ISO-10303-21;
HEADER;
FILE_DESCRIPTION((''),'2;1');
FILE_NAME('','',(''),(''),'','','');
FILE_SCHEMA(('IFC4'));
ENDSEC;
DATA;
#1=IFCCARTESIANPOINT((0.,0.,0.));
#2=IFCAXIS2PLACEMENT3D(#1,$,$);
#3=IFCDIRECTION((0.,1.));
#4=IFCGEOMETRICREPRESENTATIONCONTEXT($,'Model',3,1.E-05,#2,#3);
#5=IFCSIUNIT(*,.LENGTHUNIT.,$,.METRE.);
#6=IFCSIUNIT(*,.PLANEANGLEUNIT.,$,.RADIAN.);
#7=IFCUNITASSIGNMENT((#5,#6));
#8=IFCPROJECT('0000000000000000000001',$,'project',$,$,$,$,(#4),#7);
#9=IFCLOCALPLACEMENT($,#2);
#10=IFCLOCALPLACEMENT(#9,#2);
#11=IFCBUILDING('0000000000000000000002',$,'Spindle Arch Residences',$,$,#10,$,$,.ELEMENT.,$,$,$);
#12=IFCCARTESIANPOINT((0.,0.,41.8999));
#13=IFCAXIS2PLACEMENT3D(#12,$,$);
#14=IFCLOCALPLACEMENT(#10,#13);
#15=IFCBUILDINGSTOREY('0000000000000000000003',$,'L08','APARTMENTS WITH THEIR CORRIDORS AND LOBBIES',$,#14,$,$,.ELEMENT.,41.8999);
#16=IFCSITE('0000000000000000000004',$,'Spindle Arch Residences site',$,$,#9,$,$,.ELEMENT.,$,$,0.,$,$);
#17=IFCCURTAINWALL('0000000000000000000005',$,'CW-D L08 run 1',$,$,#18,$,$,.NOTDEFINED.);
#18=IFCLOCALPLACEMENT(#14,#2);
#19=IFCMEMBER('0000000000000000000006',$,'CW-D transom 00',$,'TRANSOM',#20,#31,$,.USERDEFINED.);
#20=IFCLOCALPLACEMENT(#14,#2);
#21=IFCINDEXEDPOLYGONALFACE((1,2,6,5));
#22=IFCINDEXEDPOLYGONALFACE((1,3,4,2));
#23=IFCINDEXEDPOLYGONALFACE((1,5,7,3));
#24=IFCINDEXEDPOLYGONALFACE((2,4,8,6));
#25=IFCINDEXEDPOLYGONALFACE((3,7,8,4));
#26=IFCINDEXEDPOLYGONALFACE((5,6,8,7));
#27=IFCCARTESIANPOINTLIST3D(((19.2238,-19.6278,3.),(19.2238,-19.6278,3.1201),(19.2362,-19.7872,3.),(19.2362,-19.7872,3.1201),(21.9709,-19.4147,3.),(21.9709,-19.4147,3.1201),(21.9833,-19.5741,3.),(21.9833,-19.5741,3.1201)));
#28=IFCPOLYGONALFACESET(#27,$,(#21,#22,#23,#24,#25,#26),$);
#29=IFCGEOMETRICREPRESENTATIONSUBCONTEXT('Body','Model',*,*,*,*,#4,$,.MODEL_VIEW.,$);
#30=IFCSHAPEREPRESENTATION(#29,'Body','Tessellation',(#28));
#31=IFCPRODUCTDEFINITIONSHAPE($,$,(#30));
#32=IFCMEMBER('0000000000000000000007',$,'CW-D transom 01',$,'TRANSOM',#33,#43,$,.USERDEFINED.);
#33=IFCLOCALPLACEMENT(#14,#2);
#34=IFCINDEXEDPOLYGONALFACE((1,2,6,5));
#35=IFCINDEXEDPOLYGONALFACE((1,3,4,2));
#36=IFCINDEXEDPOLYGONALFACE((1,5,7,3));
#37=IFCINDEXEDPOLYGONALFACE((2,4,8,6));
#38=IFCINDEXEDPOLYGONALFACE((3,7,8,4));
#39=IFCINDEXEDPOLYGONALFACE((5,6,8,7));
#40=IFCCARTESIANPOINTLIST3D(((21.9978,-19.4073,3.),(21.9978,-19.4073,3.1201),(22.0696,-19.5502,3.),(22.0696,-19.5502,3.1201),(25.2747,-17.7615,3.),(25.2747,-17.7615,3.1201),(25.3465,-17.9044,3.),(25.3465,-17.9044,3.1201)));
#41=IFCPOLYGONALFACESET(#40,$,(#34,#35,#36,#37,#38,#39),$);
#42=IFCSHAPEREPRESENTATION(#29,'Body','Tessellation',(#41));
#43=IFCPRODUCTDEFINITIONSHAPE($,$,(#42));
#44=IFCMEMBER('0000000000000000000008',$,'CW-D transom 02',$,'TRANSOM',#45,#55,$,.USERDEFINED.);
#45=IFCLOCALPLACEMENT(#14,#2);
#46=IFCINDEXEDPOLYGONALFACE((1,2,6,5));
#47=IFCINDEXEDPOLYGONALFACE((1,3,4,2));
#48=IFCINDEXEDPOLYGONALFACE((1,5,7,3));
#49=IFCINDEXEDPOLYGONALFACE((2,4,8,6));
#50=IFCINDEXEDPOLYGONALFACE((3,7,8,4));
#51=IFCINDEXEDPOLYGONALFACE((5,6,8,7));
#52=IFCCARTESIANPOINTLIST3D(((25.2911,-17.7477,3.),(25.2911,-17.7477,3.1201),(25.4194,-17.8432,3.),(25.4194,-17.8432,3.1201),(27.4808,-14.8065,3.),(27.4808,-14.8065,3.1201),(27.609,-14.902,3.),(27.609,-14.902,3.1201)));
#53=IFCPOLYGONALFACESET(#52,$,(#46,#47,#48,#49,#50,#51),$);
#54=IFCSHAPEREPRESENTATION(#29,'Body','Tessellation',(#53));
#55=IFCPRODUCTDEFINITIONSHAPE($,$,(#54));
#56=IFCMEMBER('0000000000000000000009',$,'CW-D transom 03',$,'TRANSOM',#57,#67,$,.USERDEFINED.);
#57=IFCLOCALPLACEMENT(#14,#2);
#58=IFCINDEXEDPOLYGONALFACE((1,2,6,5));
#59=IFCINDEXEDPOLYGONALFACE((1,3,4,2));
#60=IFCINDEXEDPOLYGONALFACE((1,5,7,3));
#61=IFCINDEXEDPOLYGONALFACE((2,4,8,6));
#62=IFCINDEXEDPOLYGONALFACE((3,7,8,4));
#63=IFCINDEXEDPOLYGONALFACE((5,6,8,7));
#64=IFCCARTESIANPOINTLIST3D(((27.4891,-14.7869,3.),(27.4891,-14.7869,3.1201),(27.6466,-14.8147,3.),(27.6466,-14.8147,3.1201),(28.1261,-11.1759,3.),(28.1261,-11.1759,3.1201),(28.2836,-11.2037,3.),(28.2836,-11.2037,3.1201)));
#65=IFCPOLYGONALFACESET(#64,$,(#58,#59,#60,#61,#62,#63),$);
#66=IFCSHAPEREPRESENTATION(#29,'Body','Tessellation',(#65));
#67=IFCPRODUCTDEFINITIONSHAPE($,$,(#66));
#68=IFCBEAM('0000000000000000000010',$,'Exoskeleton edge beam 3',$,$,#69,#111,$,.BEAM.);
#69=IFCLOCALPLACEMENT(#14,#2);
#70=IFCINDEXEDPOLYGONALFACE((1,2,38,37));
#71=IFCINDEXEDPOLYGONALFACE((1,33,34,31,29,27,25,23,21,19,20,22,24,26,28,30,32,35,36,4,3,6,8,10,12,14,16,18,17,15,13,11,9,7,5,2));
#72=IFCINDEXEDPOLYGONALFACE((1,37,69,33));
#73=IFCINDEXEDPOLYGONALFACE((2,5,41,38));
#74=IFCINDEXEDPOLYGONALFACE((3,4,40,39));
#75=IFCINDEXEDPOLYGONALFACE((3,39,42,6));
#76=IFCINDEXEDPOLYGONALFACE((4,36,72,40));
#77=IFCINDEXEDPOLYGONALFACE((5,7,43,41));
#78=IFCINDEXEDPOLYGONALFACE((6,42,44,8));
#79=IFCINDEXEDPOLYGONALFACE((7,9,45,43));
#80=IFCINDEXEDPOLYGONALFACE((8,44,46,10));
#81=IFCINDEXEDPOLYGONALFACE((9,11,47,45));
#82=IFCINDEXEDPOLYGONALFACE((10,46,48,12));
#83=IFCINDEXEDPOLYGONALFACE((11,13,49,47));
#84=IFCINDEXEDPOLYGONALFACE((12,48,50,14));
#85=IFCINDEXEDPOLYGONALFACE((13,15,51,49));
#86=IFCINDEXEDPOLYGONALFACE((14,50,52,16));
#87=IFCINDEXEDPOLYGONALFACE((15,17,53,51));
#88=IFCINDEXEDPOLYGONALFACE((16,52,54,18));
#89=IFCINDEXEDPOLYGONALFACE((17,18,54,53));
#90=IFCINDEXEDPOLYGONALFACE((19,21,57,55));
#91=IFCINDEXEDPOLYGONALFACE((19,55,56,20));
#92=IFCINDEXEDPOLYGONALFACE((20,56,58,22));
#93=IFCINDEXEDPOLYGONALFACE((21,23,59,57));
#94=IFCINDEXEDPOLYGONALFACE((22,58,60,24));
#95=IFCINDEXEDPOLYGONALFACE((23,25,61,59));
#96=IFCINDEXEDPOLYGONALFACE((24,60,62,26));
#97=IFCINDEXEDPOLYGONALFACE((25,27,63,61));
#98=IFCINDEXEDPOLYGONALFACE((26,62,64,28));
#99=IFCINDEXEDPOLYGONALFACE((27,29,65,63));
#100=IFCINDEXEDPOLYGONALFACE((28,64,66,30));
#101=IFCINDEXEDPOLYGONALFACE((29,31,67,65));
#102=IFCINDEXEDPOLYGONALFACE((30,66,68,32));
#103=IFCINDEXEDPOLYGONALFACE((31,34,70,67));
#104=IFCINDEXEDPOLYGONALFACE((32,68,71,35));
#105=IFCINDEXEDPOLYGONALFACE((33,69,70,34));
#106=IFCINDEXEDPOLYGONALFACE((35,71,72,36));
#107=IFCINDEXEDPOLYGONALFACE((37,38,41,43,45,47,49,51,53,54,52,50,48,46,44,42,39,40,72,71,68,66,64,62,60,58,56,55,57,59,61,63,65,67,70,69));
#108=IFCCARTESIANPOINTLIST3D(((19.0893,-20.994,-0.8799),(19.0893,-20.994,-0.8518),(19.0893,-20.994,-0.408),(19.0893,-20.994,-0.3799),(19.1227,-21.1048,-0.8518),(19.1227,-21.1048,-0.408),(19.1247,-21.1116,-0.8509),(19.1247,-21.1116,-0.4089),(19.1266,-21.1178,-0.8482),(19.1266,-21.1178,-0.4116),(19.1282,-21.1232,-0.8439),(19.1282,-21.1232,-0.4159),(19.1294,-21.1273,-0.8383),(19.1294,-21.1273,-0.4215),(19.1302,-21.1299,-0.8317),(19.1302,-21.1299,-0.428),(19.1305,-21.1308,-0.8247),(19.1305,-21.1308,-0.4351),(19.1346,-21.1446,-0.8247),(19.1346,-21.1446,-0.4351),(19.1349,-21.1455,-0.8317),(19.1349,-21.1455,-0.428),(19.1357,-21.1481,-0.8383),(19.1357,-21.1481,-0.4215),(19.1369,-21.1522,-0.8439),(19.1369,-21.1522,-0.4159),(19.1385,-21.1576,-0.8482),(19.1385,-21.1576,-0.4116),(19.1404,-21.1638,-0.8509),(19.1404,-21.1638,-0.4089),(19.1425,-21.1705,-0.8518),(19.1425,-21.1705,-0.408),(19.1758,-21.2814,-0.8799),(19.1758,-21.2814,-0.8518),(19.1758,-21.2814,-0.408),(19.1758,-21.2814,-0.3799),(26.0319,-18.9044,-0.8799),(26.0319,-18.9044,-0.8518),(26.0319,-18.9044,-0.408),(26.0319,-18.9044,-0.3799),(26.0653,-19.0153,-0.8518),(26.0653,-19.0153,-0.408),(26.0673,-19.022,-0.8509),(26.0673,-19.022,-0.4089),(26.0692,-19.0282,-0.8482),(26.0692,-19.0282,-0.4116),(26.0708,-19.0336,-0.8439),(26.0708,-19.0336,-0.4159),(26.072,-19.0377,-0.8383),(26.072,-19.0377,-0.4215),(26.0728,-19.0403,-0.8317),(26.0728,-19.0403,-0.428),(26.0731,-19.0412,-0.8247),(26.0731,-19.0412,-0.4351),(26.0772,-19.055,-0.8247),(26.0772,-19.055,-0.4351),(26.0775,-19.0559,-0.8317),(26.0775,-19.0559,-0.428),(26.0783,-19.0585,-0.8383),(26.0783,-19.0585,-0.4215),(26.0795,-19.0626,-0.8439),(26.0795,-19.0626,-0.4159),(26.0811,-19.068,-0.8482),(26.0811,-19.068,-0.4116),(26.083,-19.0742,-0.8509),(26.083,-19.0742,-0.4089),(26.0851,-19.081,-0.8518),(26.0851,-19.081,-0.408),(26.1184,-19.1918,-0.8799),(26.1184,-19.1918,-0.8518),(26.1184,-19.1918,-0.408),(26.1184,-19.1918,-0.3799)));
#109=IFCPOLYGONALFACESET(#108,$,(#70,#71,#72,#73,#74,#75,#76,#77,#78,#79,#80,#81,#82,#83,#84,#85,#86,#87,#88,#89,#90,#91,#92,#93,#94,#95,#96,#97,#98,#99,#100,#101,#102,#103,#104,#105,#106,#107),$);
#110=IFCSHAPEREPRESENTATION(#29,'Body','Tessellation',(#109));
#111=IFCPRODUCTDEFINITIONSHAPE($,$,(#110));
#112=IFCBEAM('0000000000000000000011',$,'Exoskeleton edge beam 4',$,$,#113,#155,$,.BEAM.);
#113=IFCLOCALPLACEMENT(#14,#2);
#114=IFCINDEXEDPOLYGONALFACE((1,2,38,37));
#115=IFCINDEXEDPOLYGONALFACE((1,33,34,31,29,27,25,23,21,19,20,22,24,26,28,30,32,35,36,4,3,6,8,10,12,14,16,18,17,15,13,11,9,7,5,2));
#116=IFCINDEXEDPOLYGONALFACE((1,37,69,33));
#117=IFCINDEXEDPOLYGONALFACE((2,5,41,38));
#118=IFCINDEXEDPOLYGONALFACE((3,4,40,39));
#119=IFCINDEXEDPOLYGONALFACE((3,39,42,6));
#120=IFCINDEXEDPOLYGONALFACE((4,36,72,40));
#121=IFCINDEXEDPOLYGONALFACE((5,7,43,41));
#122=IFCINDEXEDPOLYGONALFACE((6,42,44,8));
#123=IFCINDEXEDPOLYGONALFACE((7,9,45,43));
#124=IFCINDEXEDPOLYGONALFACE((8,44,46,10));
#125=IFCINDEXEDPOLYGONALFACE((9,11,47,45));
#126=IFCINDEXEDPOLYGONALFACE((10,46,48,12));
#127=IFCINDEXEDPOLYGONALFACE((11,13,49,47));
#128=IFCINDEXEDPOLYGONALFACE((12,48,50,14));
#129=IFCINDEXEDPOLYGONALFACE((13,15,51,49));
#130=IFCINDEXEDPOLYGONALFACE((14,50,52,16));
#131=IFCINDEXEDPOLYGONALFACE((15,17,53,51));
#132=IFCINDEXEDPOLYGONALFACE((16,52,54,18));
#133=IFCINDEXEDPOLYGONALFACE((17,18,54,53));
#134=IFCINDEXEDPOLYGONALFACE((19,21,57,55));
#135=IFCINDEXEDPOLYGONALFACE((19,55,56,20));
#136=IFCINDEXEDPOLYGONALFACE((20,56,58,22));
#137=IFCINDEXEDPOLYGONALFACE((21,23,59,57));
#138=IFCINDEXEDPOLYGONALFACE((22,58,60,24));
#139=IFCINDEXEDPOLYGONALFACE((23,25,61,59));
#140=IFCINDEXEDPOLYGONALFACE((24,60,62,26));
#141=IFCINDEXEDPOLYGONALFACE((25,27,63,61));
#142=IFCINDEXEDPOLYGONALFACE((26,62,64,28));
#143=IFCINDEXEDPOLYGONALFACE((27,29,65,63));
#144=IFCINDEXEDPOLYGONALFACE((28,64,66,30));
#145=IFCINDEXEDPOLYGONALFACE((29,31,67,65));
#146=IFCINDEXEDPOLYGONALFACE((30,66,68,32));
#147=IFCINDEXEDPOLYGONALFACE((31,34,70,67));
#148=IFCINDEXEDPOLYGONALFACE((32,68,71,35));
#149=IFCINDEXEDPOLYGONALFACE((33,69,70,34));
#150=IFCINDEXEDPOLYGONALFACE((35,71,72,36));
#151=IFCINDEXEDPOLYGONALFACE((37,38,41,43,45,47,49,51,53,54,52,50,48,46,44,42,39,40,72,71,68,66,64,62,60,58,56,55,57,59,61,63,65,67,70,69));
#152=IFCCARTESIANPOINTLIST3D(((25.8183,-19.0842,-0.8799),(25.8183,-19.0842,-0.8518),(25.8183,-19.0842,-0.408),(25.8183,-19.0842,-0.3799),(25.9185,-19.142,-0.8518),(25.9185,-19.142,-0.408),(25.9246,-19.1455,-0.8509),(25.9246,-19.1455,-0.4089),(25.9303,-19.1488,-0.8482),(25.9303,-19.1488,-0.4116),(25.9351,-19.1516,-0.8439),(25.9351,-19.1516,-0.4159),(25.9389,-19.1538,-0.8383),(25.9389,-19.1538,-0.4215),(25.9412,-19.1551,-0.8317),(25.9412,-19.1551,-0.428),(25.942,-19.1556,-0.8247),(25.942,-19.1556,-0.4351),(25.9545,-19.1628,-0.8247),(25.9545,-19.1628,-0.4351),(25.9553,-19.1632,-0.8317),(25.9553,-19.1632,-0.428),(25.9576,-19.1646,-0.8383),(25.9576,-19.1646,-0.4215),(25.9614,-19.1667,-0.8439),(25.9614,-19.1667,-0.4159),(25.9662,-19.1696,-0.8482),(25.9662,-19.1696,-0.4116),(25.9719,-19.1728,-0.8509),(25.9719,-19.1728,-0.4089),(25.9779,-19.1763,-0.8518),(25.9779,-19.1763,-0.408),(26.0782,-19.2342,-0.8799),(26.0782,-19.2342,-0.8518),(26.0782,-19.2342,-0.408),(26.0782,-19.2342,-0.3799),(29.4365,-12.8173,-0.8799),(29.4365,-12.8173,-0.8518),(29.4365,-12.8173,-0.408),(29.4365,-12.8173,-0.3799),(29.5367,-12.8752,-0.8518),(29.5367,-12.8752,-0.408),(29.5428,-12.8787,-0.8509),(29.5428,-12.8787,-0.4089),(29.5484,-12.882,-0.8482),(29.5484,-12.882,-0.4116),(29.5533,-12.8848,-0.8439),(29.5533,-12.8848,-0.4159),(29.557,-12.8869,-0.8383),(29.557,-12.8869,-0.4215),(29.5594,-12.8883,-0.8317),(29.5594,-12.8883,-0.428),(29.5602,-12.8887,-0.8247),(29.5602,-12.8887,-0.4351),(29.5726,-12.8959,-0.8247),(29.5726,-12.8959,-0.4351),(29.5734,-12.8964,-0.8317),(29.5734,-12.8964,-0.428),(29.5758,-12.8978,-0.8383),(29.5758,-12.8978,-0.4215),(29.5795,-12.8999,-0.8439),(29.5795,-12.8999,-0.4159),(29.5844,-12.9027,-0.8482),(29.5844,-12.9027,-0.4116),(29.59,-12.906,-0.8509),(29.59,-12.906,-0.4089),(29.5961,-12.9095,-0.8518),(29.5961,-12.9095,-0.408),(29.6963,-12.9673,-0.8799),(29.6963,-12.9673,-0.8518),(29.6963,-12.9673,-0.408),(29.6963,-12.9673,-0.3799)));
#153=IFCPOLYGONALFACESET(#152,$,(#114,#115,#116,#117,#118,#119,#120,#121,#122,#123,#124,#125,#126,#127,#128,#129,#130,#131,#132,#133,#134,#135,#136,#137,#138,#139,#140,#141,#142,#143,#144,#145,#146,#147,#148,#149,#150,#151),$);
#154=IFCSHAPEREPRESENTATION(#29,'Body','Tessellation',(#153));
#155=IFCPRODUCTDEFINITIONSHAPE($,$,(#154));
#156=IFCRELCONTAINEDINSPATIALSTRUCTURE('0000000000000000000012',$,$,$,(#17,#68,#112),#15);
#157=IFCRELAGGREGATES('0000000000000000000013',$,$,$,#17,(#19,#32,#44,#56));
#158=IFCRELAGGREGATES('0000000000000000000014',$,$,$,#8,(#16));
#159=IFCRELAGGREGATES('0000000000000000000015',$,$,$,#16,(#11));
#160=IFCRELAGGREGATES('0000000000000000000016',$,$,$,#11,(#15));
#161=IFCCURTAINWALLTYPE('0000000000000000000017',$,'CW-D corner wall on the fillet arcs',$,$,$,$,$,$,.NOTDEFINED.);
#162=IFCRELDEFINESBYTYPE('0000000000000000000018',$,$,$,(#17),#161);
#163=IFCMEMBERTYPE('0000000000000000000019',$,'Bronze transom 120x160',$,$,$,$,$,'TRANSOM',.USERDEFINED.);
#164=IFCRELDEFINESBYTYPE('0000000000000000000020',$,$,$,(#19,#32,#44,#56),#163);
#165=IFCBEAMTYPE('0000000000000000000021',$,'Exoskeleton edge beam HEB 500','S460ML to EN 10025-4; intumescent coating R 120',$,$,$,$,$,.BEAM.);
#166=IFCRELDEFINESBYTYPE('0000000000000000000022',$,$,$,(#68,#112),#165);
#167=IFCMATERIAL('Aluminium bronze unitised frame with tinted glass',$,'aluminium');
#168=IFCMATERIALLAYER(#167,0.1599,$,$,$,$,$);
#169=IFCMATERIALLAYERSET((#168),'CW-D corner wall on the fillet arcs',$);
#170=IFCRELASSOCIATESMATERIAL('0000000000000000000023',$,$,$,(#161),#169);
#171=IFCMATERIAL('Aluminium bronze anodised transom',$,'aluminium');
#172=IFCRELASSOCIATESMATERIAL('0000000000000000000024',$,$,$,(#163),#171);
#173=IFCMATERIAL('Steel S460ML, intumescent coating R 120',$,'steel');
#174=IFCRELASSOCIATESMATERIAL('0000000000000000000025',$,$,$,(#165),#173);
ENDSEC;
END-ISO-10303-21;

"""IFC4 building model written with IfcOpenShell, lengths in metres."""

from ifc_helpers import new_model, si_unit, direction, frame, origin, origin_2d, place, context, subcontext, project, spatial, rectangle, i_section, extrude, material, layer, layer_set, material_profile, profile_set, type_object, element, aggregate, save


model = new_model("IFC4")

# Units and contexts
model_context = context("Model", 3, precision=1e-05, world=origin(), true_north=direction((0.0, 1.0)))
body_context = subcontext(model_context, "Body", "Model", "MODEL_VIEW")
ifc_project = project(units=[si_unit("LENGTHUNIT", "METRE"), si_unit("PLANEANGLEUNIT", "RADIAN")], contexts=[model_context])

# Site, building, storey
site_placement = place(None, origin())
site = spatial("IfcSite", under=ifc_project, at=site_placement, Name="Spindle Arch Residences site", CompositionType="ELEMENT", RefElevation=0.0)
building_placement = place(site_placement, origin())
building = spatial("IfcBuilding", under=site, at=building_placement, Name="Spindle Arch Residences", CompositionType="ELEMENT")
storey_placement = place(building_placement, frame((0.0, 0.0, 41.8999)))
storey = spatial("IfcBuildingStorey", under=building, at=storey_placement, Name="L08", Description="APARTMENTS WITH THEIR CORRIDORS AND LOBBIES", CompositionType="ELEMENT", Elevation=41.8999)

# Curtain wall, members
ifc_material_1 = material(Name="Aluminium bronze unitised frame with tinted glass", Category="aluminium")
ifc_layer_1 = layer(ifc_material_1, 0.1599)
ifc_layer_set_1 = layer_set([ifc_layer_1], Name="CW-D corner wall on the fillet arcs")
curtain_wall_type = type_object("IfcCurtainWallType", Name="CW-D corner wall on the fillet arcs", PredefinedType="NOTDEFINED", material=ifc_layer_set_1)
curtain_wall_placement = place(storey_placement, origin())
curtain_wall = element("IfcCurtainWall", 1, at=curtain_wall_placement, inside=storey, type_object=curtain_wall_type, Name="CW-D L08 run 1", PredefinedType="NOTDEFINED")
ifc_material_2 = material(Name="Aluminium bronze anodised transom", Category="aluminium")
ifc_material_profile_1 = material_profile(ifc_material_2, rectangle(XDim=0.1599, YDim=0.1201, at=origin_2d()), Name="TR 120x160")
ifc_profile_set_1 = profile_set([ifc_material_profile_1], Name="Aluminium bronze anodised transom")
member_type_1 = type_object("IfcMemberType", Name="Bronze transom 120x160", ElementType="TRANSOM", PredefinedType="USERDEFINED", material=ifc_profile_set_1)
member_1_placement = place(storey_placement, frame((19.23, -19.7075, 3.0601), z_axis=(0.997004, 0.077354, 0.0), x_axis=(-0.077354, 0.997004, 0.0)))
member_1 = element("IfcMember", 2, at=member_1_placement, type_object=member_type_1, Name="CW-D transom 00", ObjectType="TRANSOM", PredefinedType="USERDEFINED", context=body_context, shape_type="SweptSolid", body=[
    extrude(rectangle(XDim=0.1599, YDim=0.1201, at=origin_2d()), origin(), (0.0, 0.0, 1.0), 2.7554),
])
member_2_placement = place(storey_placement, frame((22.0337, -19.4788, 3.0601), z_axis=(0.893627, 0.448811, 0.0), x_axis=(-0.448811, 0.893627, 0.0)))
member_2 = element("IfcMember", 3, at=member_2_placement, type_object=member_type_1, Name="CW-D transom 01", ObjectType="TRANSOM", PredefinedType="USERDEFINED", context=body_context, shape_type="SweptSolid", body=[
    extrude(rectangle(XDim=0.1599, YDim=0.1201, at=origin_2d()), origin(), (0.0, 0.0, 1.0), 3.667),
])
member_3_placement = place(storey_placement, frame((25.3552, -17.7954, 3.0601), z_axis=(0.597173, 0.802112, 0.0), x_axis=(-0.802112, 0.597173, 0.0)))
member_3 = element("IfcMember", 4, at=member_3_placement, type_object=member_type_1, Name="CW-D transom 02", ObjectType="TRANSOM", PredefinedType="USERDEFINED", context=body_context, shape_type="SweptSolid", body=[
    extrude(rectangle(XDim=0.1599, YDim=0.1201, at=origin_2d()), origin(), (0.0, 0.0, 1.0), 3.6667),
])
member_4_placement = place(storey_placement, frame((27.5679, -14.8008, 3.0601), z_axis=(0.173709, 0.984797, 0.0), x_axis=(-0.984797, 0.173709, 0.0)))
member_4 = element("IfcMember", 5, at=member_4_placement, type_object=member_type_1, Name="CW-D transom 03", ObjectType="TRANSOM", PredefinedType="USERDEFINED", context=body_context, shape_type="SweptSolid", body=[
    extrude(rectangle(XDim=0.1599, YDim=0.1201, at=origin_2d()), origin(), (0.0, 0.0, 1.0), 3.6667),
])

# Beams
ifc_material_3 = material(Name="Steel S460ML, intumescent coating R 120", Category="steel")
ifc_material_profile_2 = material_profile(ifc_material_3, i_section(OverallWidth=0.3, OverallDepth=0.5, WebThickness=0.0144, FlangeThickness=0.0281, FilletRadius=0.0271, at=origin_2d()), Name="HEB 500")
ifc_profile_set_2 = profile_set([ifc_material_profile_2], Name="Steel S460ML, intumescent coating R 120")
beam_type_1 = type_object("IfcBeamType", Name="Exoskeleton edge beam HEB 500", Description="S460ML to EN 10025-4; intumescent coating R 120", PredefinedType="BEAM", material=ifc_profile_set_2)
beam_1_placement = place(storey_placement, frame((19.1326, -21.1377, -0.6299), z_axis=(0.957567, 0.28821, 0.0), x_axis=(-0.28821, 0.957567, 0.0)))
element("IfcBeam", 6, at=beam_1_placement, inside=storey, type_object=beam_type_1, Name="Exoskeleton edge beam 3", PredefinedType="BEAM", context=body_context, shape_type="SweptSolid", body=[
    extrude(i_section(OverallWidth=0.3, OverallDepth=0.5, WebThickness=0.0144, FlangeThickness=0.0281, FilletRadius=0.0271, at=origin_2d()), origin(), (0.0, 0.0, 1.0), 7.2502),
])
beam_2_placement = place(storey_placement, frame((25.9482, -19.1592, -0.6299), z_axis=(0.5, 0.866025, 0.0), x_axis=(-0.866025, 0.5, 0.0)))
element("IfcBeam", 7, at=beam_2_placement, inside=storey, type_object=beam_type_1, Name="Exoskeleton edge beam 4", PredefinedType="BEAM", context=body_context, shape_type="SweptSolid", body=[
    extrude(i_section(OverallWidth=0.3, OverallDepth=0.5, WebThickness=0.0144, FlangeThickness=0.0281, FilletRadius=0.0271, at=origin_2d()), origin(), (0.0, 0.0, 1.0), 7.2363),
])

aggregate(curtain_wall, [member_1, member_2, member_3, member_4])

save(model, "model.ifc")
